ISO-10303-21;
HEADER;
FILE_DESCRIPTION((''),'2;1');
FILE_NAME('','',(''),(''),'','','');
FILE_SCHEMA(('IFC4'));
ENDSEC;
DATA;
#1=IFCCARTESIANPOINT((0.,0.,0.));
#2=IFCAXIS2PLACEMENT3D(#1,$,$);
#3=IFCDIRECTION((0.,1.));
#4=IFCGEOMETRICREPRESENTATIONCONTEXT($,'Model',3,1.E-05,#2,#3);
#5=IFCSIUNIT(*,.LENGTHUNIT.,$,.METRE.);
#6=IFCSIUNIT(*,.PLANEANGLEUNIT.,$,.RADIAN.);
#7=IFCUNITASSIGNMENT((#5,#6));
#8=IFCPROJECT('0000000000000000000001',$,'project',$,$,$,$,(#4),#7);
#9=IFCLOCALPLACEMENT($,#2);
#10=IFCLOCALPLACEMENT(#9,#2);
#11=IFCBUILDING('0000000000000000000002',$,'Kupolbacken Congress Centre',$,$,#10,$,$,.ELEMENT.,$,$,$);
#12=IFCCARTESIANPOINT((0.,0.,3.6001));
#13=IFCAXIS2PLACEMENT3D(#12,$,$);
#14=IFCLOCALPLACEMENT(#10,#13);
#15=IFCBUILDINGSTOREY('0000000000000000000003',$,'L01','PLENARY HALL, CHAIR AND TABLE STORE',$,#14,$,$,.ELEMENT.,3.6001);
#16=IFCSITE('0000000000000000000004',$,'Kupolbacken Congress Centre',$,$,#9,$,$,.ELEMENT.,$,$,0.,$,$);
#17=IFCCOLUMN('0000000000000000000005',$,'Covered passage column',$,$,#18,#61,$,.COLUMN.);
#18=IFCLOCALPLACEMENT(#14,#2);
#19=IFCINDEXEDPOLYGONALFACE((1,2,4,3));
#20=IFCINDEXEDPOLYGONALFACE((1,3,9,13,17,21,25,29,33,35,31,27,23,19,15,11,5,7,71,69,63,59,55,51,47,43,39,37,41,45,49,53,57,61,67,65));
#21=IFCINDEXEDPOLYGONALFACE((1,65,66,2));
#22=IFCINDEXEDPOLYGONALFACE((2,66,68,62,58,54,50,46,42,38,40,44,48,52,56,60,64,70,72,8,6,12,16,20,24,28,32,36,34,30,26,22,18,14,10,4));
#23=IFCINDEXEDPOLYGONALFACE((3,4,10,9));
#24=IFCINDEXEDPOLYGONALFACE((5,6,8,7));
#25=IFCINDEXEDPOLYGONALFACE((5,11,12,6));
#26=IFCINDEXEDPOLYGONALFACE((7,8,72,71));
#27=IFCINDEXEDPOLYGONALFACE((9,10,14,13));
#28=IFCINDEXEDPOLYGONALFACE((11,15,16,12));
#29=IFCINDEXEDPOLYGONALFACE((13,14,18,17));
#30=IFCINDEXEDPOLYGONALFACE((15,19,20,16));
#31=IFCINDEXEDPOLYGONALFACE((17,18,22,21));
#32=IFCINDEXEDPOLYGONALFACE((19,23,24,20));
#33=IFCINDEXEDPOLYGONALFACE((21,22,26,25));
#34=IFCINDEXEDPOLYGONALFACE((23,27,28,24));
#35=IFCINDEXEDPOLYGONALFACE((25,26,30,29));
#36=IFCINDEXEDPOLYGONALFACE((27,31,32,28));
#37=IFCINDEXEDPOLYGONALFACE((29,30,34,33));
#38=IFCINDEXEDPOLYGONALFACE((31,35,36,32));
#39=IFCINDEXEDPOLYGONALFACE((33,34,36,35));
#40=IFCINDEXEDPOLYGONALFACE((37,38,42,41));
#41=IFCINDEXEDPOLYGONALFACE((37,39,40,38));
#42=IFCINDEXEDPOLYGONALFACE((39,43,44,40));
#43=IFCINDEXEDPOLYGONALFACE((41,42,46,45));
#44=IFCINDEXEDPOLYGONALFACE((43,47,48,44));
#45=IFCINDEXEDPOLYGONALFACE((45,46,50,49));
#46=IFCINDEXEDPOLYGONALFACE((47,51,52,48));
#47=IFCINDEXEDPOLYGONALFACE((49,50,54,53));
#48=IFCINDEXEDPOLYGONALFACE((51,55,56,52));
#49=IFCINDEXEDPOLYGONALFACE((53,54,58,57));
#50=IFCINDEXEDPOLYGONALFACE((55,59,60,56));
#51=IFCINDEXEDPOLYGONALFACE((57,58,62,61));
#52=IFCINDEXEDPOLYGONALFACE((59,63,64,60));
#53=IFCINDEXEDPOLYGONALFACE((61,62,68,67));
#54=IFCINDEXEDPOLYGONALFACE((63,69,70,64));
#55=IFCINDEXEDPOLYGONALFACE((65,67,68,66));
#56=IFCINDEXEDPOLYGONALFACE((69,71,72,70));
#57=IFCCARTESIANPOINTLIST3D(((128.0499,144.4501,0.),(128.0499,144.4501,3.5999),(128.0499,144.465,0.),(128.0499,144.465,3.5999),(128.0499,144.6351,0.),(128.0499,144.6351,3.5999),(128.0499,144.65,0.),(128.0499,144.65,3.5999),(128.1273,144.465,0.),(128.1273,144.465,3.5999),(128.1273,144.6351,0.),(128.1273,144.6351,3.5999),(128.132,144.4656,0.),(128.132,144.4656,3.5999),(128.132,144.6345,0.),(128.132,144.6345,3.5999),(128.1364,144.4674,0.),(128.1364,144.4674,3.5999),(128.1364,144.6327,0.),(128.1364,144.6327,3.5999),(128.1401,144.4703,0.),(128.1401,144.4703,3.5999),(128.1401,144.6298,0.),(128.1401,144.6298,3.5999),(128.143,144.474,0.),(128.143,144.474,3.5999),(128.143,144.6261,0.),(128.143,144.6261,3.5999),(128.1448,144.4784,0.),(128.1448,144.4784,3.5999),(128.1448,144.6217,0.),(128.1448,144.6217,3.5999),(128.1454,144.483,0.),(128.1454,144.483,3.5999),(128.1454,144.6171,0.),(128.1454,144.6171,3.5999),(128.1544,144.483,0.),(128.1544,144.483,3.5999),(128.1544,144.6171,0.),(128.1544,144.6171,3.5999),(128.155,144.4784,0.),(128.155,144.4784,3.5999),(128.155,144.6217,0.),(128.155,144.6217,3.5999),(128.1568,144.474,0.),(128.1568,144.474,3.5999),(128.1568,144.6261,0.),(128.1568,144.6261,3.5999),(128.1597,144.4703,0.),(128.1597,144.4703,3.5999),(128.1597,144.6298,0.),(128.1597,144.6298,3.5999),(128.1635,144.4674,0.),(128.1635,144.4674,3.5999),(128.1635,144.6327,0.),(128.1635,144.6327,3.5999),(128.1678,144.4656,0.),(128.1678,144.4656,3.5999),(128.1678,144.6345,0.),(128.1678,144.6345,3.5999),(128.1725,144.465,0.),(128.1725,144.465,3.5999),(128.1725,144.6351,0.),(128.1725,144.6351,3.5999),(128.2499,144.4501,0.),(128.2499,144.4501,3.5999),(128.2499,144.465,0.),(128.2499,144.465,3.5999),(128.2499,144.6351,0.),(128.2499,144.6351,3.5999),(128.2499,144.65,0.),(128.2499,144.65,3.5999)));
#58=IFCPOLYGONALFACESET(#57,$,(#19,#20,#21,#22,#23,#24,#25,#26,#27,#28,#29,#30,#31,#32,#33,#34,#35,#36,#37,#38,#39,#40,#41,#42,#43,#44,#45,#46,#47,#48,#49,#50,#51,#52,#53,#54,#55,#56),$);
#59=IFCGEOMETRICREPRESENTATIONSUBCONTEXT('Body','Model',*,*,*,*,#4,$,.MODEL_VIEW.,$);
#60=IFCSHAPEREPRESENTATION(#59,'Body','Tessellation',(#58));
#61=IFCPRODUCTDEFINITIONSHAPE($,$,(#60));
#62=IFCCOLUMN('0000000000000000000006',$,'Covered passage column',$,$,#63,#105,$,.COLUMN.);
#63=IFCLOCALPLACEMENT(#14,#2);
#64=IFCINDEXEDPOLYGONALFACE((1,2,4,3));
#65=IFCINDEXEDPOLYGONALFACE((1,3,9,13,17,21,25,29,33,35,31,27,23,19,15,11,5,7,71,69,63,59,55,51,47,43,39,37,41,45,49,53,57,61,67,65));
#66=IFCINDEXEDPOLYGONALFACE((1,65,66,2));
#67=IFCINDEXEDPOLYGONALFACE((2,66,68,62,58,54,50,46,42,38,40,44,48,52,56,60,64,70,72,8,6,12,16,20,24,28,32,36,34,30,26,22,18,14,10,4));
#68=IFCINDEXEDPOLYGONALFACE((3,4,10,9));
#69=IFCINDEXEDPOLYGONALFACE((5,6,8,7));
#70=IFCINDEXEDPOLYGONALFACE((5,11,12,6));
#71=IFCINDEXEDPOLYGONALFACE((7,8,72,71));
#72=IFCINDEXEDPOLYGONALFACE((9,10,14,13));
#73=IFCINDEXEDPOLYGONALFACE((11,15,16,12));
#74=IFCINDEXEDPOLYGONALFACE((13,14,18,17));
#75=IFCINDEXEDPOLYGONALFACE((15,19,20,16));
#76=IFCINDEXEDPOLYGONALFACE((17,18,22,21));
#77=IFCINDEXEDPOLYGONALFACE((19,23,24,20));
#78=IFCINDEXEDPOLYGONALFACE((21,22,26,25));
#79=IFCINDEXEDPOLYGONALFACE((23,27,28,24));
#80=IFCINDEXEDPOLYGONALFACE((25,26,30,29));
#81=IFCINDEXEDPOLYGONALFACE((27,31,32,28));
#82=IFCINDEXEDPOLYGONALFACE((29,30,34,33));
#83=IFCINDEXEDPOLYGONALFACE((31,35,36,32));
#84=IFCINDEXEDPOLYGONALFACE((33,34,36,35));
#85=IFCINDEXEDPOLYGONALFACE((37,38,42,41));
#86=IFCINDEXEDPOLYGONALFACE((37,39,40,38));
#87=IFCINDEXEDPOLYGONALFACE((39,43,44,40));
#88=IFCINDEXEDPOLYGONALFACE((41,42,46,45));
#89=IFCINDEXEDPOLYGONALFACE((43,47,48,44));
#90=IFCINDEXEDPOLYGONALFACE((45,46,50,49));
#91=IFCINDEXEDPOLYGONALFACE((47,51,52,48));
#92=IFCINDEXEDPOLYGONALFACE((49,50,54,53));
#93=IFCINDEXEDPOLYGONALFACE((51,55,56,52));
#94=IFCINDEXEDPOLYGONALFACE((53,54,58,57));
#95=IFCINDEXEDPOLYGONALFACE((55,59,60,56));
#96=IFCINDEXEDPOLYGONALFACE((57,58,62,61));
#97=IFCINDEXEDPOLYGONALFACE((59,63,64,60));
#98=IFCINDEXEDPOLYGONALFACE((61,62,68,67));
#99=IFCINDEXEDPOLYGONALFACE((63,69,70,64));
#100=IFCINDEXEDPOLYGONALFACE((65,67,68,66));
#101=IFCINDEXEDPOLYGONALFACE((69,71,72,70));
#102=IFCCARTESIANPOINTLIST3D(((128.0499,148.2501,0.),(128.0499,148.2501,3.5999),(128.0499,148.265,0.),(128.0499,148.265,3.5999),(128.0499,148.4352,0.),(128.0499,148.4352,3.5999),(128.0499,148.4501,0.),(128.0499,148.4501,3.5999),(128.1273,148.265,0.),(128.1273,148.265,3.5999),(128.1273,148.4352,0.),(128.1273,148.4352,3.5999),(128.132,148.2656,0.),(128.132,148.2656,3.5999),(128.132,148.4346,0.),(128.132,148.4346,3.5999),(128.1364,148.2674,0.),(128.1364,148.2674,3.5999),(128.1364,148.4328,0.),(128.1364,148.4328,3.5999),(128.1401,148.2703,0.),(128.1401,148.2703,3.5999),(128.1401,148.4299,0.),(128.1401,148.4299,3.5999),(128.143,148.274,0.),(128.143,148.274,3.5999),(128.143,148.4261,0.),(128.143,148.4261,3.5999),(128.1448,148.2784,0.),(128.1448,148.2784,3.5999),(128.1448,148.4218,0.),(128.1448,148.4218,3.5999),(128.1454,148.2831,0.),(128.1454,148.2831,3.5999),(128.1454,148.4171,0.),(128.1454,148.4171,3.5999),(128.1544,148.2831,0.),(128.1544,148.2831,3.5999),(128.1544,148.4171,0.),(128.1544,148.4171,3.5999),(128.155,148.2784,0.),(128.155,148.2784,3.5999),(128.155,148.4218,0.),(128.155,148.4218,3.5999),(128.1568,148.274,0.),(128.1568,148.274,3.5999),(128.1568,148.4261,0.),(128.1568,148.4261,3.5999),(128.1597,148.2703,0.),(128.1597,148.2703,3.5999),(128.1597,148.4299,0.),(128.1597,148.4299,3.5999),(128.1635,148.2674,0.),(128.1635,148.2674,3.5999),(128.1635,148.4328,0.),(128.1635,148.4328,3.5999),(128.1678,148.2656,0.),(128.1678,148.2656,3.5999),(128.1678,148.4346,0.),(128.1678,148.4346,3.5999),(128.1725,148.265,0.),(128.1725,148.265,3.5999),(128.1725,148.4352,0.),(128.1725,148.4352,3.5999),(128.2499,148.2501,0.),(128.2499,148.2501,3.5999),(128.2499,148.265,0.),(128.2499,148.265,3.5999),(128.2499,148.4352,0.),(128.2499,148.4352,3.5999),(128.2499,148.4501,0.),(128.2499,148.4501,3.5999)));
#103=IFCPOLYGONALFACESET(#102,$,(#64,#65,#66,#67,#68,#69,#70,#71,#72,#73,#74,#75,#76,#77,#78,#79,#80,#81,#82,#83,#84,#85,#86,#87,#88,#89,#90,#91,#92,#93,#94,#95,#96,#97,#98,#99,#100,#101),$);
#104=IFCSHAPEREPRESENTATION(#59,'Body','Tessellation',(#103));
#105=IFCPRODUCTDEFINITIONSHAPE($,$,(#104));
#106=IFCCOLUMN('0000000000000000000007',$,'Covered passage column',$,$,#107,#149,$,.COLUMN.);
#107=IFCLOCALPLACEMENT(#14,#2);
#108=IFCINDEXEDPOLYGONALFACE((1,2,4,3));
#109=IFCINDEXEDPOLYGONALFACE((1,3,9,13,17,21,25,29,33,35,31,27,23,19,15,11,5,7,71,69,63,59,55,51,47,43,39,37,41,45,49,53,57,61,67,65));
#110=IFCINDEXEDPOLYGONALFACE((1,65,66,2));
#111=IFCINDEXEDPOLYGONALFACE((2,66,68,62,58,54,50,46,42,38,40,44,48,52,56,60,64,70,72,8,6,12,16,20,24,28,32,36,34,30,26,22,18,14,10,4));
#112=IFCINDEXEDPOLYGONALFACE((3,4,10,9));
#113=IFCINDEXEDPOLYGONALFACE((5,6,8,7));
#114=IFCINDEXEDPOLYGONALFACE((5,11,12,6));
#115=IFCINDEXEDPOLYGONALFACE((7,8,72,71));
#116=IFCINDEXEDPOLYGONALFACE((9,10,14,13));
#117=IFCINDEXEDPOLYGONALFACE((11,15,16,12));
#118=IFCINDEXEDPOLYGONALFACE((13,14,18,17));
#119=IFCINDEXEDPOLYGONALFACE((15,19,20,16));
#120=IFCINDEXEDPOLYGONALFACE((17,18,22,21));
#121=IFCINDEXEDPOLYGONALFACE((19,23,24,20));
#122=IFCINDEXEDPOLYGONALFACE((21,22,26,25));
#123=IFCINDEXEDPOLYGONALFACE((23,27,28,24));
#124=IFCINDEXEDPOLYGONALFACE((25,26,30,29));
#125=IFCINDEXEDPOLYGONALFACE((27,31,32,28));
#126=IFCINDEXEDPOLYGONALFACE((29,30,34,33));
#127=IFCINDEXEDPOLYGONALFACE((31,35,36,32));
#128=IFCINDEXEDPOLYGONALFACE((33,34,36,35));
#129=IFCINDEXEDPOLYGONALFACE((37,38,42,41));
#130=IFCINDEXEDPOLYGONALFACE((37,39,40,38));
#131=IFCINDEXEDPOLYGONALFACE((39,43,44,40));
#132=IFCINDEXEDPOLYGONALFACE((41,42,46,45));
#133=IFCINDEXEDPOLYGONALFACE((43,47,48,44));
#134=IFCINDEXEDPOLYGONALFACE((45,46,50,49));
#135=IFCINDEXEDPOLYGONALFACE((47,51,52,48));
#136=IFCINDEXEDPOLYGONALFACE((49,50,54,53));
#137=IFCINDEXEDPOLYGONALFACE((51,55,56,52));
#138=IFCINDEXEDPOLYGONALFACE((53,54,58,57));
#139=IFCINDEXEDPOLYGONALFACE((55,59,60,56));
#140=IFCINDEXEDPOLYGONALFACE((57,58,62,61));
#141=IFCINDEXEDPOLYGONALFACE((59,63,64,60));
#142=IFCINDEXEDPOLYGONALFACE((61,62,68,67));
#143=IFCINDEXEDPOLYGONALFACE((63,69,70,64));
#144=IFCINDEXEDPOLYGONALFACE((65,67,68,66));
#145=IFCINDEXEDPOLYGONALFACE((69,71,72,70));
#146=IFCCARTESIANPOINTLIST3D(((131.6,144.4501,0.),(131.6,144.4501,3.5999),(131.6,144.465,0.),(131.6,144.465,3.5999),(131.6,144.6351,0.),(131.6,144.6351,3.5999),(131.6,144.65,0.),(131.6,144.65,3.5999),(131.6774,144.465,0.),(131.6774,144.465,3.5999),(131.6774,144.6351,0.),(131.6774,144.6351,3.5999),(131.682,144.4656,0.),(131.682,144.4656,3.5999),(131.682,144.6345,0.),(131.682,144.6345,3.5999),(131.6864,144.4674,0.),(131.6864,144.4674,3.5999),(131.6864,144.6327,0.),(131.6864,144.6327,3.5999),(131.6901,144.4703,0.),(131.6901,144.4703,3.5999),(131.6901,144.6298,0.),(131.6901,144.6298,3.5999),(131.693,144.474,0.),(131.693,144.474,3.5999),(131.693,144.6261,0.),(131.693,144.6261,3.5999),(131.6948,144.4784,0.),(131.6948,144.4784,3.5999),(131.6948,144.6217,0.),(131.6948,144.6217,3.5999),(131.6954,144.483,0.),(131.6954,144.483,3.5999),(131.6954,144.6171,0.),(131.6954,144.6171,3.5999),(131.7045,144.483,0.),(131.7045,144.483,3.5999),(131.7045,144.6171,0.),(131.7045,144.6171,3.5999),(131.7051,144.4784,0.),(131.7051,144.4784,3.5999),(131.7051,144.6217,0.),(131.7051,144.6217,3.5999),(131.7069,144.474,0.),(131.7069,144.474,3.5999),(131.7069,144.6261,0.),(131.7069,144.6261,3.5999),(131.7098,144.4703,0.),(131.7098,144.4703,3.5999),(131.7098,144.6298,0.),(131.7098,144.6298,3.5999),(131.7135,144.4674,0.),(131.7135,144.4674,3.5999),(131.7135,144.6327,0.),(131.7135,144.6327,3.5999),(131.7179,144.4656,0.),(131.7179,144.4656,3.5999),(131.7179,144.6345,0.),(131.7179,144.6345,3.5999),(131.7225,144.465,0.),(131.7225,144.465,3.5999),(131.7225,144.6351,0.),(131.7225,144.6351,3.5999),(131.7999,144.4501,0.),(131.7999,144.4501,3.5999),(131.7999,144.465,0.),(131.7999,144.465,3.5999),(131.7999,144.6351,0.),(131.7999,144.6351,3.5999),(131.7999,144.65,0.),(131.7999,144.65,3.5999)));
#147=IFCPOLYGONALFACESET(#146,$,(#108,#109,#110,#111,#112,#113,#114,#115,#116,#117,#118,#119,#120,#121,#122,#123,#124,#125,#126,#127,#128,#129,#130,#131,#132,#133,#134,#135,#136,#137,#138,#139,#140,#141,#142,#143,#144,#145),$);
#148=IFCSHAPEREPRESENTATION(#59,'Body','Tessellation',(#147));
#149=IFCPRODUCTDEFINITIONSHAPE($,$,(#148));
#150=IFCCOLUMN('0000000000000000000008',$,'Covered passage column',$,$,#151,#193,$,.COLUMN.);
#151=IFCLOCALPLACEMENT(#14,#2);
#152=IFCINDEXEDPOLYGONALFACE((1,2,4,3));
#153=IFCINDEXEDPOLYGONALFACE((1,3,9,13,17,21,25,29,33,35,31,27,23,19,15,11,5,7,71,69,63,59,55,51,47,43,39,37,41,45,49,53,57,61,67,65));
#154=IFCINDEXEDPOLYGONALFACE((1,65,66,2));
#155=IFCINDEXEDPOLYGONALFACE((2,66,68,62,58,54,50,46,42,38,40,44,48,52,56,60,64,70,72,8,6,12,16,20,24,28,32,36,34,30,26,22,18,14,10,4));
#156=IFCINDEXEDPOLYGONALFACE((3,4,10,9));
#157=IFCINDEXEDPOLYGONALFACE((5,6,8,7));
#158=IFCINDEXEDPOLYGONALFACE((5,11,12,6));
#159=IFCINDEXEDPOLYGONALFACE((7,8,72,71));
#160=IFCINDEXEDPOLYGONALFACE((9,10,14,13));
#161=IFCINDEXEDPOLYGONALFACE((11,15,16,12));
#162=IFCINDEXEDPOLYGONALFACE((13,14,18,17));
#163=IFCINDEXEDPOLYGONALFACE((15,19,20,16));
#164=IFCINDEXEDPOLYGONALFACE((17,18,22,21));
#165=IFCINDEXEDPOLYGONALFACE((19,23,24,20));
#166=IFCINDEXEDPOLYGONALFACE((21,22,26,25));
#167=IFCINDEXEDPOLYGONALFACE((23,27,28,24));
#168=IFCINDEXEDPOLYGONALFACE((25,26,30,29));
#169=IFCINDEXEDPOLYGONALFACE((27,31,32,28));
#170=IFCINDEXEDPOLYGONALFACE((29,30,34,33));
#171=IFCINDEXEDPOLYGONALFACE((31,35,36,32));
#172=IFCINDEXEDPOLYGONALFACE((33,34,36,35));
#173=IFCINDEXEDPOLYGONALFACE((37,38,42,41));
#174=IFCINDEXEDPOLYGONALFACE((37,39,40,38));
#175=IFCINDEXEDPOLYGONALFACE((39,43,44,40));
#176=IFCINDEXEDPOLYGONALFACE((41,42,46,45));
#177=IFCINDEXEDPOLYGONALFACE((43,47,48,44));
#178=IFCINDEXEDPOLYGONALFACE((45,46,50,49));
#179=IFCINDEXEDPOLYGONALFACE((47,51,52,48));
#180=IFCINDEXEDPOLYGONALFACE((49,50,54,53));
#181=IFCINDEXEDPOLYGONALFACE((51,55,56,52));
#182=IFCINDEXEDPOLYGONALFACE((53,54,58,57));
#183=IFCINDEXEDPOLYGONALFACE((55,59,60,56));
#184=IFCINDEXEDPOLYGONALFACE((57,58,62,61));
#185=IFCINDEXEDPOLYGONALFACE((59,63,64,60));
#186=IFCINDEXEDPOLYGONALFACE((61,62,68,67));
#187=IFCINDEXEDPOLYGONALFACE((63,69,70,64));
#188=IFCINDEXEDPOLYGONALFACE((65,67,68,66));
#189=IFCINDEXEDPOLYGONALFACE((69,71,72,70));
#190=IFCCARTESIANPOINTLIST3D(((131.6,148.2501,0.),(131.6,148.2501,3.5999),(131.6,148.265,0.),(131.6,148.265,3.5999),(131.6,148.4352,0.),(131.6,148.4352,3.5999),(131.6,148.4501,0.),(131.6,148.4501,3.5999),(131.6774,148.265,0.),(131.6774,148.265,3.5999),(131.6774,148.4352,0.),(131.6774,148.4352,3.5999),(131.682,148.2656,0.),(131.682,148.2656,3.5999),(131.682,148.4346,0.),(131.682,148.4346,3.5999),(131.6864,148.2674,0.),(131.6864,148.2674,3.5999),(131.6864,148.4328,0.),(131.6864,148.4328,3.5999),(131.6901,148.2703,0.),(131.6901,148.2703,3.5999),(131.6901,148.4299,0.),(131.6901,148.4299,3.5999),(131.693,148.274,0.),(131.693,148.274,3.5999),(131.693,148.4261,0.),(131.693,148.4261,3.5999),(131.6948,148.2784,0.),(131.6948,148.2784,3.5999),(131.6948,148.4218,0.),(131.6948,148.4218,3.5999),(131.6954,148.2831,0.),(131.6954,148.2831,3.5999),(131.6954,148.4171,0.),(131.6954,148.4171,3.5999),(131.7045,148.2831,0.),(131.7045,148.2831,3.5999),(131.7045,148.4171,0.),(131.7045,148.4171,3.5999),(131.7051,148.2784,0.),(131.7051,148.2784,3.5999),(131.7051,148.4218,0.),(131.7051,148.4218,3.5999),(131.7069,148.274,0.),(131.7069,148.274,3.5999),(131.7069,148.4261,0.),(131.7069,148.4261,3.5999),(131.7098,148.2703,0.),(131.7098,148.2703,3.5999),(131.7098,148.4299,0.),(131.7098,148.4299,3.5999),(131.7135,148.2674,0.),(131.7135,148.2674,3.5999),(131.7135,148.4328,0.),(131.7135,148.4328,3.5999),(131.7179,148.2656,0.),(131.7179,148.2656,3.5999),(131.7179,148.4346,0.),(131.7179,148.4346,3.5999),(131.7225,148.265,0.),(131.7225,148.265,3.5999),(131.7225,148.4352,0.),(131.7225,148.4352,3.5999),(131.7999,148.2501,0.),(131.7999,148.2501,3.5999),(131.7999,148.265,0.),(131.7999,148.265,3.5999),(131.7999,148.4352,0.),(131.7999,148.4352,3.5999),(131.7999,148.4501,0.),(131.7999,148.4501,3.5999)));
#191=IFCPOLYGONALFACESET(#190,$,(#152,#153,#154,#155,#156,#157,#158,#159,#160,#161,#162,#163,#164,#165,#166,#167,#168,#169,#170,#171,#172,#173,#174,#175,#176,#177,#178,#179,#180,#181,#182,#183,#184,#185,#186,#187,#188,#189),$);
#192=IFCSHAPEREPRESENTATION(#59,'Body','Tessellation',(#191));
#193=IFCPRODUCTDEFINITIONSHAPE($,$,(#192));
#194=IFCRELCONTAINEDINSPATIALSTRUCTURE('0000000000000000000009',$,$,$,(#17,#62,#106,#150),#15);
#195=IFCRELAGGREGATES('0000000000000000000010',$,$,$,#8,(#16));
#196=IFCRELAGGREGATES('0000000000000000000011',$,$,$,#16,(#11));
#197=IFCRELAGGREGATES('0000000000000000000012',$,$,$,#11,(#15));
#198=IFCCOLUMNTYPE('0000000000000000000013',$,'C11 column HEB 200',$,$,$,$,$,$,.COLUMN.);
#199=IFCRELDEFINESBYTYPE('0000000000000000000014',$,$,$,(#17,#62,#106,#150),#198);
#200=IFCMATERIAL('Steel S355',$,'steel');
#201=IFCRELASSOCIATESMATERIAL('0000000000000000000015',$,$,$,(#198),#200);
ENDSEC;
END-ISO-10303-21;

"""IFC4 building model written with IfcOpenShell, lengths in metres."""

from ifc_helpers import new_model, si_unit, direction, frame, origin, origin_2d, place, context, subcontext, project, spatial, i_section, extrude, material, material_profile, profile_set, type_object, element, save


model = new_model("IFC4")

# Units and contexts
model_context = context("Model", 3, precision=1e-05, world=origin(), true_north=direction((0.0, 1.0)))
body_context = subcontext(model_context, "Body", "Model", "MODEL_VIEW")
ifc_project = project(units=[si_unit("LENGTHUNIT", "METRE"), si_unit("PLANEANGLEUNIT", "RADIAN")], contexts=[model_context])

# Site, building, storey
site_placement = place(None, origin())
site = spatial("IfcSite", under=ifc_project, at=site_placement, Name="Kupolbacken Congress Centre", CompositionType="ELEMENT", RefElevation=0.0)
building_placement = place(site_placement, origin())
building = spatial("IfcBuilding", under=site, at=building_placement, Name="Kupolbacken Congress Centre", CompositionType="ELEMENT")
storey_placement = place(building_placement, frame((0.0, 0.0, 3.6001)))
storey = spatial("IfcBuildingStorey", under=building, at=storey_placement, Name="L01", Description="PLENARY HALL, CHAIR AND TABLE STORE", CompositionType="ELEMENT", Elevation=3.6001)

# Columns
ifc_material_1 = material(Name="Steel S355", Category="steel")
ifc_material_profile_1 = material_profile(ifc_material_1, i_section(OverallWidth=0.2, OverallDepth=0.2, WebThickness=0.009, FlangeThickness=0.0149, FilletRadius=0.0181, at=origin_2d()), Name="HEB 200")
ifc_profile_set_1 = profile_set([ifc_material_profile_1], Name="Steel S355")
column_type_1 = type_object("IfcColumnType", Name="C11 column HEB 200", PredefinedType="COLUMN", material=ifc_profile_set_1)
for number, where, z_axis, x_axis, name in (
    (1, (128.1499, 144.55, 0.0), (0.0, 0.0, 1.0), (1.0, 0.0, 0.0), "Covered passage column"),
    (2, (128.1499, 148.3501, 0.0), (0.0, 0.0, 1.0), (1.0, 0.0, 0.0), "Covered passage column"),
    (3, (131.7, 144.55, 0.0), (0.0, 0.0, 1.0), (1.0, 0.0, 0.0), "Covered passage column"),
    (4, (131.7, 148.3501, 0.0), (0.0, 0.0, 1.0), (1.0, 0.0, 0.0), "Covered passage column"),
):
    element("IfcColumn", number, at=place(storey_placement, frame(where, z_axis=z_axis, x_axis=x_axis)), inside=storey, type_object=column_type_1, Name=name, PredefinedType="COLUMN", context=body_context, shape_type="SweptSolid", body=[
        extrude(i_section(OverallWidth=0.2, OverallDepth=0.2, WebThickness=0.009, FlangeThickness=0.0149, FilletRadius=0.0181, at=origin_2d()), origin(), (0.0, 0.0, 1.0), 3.5999),
    ])

save(model, "model.ifc")
